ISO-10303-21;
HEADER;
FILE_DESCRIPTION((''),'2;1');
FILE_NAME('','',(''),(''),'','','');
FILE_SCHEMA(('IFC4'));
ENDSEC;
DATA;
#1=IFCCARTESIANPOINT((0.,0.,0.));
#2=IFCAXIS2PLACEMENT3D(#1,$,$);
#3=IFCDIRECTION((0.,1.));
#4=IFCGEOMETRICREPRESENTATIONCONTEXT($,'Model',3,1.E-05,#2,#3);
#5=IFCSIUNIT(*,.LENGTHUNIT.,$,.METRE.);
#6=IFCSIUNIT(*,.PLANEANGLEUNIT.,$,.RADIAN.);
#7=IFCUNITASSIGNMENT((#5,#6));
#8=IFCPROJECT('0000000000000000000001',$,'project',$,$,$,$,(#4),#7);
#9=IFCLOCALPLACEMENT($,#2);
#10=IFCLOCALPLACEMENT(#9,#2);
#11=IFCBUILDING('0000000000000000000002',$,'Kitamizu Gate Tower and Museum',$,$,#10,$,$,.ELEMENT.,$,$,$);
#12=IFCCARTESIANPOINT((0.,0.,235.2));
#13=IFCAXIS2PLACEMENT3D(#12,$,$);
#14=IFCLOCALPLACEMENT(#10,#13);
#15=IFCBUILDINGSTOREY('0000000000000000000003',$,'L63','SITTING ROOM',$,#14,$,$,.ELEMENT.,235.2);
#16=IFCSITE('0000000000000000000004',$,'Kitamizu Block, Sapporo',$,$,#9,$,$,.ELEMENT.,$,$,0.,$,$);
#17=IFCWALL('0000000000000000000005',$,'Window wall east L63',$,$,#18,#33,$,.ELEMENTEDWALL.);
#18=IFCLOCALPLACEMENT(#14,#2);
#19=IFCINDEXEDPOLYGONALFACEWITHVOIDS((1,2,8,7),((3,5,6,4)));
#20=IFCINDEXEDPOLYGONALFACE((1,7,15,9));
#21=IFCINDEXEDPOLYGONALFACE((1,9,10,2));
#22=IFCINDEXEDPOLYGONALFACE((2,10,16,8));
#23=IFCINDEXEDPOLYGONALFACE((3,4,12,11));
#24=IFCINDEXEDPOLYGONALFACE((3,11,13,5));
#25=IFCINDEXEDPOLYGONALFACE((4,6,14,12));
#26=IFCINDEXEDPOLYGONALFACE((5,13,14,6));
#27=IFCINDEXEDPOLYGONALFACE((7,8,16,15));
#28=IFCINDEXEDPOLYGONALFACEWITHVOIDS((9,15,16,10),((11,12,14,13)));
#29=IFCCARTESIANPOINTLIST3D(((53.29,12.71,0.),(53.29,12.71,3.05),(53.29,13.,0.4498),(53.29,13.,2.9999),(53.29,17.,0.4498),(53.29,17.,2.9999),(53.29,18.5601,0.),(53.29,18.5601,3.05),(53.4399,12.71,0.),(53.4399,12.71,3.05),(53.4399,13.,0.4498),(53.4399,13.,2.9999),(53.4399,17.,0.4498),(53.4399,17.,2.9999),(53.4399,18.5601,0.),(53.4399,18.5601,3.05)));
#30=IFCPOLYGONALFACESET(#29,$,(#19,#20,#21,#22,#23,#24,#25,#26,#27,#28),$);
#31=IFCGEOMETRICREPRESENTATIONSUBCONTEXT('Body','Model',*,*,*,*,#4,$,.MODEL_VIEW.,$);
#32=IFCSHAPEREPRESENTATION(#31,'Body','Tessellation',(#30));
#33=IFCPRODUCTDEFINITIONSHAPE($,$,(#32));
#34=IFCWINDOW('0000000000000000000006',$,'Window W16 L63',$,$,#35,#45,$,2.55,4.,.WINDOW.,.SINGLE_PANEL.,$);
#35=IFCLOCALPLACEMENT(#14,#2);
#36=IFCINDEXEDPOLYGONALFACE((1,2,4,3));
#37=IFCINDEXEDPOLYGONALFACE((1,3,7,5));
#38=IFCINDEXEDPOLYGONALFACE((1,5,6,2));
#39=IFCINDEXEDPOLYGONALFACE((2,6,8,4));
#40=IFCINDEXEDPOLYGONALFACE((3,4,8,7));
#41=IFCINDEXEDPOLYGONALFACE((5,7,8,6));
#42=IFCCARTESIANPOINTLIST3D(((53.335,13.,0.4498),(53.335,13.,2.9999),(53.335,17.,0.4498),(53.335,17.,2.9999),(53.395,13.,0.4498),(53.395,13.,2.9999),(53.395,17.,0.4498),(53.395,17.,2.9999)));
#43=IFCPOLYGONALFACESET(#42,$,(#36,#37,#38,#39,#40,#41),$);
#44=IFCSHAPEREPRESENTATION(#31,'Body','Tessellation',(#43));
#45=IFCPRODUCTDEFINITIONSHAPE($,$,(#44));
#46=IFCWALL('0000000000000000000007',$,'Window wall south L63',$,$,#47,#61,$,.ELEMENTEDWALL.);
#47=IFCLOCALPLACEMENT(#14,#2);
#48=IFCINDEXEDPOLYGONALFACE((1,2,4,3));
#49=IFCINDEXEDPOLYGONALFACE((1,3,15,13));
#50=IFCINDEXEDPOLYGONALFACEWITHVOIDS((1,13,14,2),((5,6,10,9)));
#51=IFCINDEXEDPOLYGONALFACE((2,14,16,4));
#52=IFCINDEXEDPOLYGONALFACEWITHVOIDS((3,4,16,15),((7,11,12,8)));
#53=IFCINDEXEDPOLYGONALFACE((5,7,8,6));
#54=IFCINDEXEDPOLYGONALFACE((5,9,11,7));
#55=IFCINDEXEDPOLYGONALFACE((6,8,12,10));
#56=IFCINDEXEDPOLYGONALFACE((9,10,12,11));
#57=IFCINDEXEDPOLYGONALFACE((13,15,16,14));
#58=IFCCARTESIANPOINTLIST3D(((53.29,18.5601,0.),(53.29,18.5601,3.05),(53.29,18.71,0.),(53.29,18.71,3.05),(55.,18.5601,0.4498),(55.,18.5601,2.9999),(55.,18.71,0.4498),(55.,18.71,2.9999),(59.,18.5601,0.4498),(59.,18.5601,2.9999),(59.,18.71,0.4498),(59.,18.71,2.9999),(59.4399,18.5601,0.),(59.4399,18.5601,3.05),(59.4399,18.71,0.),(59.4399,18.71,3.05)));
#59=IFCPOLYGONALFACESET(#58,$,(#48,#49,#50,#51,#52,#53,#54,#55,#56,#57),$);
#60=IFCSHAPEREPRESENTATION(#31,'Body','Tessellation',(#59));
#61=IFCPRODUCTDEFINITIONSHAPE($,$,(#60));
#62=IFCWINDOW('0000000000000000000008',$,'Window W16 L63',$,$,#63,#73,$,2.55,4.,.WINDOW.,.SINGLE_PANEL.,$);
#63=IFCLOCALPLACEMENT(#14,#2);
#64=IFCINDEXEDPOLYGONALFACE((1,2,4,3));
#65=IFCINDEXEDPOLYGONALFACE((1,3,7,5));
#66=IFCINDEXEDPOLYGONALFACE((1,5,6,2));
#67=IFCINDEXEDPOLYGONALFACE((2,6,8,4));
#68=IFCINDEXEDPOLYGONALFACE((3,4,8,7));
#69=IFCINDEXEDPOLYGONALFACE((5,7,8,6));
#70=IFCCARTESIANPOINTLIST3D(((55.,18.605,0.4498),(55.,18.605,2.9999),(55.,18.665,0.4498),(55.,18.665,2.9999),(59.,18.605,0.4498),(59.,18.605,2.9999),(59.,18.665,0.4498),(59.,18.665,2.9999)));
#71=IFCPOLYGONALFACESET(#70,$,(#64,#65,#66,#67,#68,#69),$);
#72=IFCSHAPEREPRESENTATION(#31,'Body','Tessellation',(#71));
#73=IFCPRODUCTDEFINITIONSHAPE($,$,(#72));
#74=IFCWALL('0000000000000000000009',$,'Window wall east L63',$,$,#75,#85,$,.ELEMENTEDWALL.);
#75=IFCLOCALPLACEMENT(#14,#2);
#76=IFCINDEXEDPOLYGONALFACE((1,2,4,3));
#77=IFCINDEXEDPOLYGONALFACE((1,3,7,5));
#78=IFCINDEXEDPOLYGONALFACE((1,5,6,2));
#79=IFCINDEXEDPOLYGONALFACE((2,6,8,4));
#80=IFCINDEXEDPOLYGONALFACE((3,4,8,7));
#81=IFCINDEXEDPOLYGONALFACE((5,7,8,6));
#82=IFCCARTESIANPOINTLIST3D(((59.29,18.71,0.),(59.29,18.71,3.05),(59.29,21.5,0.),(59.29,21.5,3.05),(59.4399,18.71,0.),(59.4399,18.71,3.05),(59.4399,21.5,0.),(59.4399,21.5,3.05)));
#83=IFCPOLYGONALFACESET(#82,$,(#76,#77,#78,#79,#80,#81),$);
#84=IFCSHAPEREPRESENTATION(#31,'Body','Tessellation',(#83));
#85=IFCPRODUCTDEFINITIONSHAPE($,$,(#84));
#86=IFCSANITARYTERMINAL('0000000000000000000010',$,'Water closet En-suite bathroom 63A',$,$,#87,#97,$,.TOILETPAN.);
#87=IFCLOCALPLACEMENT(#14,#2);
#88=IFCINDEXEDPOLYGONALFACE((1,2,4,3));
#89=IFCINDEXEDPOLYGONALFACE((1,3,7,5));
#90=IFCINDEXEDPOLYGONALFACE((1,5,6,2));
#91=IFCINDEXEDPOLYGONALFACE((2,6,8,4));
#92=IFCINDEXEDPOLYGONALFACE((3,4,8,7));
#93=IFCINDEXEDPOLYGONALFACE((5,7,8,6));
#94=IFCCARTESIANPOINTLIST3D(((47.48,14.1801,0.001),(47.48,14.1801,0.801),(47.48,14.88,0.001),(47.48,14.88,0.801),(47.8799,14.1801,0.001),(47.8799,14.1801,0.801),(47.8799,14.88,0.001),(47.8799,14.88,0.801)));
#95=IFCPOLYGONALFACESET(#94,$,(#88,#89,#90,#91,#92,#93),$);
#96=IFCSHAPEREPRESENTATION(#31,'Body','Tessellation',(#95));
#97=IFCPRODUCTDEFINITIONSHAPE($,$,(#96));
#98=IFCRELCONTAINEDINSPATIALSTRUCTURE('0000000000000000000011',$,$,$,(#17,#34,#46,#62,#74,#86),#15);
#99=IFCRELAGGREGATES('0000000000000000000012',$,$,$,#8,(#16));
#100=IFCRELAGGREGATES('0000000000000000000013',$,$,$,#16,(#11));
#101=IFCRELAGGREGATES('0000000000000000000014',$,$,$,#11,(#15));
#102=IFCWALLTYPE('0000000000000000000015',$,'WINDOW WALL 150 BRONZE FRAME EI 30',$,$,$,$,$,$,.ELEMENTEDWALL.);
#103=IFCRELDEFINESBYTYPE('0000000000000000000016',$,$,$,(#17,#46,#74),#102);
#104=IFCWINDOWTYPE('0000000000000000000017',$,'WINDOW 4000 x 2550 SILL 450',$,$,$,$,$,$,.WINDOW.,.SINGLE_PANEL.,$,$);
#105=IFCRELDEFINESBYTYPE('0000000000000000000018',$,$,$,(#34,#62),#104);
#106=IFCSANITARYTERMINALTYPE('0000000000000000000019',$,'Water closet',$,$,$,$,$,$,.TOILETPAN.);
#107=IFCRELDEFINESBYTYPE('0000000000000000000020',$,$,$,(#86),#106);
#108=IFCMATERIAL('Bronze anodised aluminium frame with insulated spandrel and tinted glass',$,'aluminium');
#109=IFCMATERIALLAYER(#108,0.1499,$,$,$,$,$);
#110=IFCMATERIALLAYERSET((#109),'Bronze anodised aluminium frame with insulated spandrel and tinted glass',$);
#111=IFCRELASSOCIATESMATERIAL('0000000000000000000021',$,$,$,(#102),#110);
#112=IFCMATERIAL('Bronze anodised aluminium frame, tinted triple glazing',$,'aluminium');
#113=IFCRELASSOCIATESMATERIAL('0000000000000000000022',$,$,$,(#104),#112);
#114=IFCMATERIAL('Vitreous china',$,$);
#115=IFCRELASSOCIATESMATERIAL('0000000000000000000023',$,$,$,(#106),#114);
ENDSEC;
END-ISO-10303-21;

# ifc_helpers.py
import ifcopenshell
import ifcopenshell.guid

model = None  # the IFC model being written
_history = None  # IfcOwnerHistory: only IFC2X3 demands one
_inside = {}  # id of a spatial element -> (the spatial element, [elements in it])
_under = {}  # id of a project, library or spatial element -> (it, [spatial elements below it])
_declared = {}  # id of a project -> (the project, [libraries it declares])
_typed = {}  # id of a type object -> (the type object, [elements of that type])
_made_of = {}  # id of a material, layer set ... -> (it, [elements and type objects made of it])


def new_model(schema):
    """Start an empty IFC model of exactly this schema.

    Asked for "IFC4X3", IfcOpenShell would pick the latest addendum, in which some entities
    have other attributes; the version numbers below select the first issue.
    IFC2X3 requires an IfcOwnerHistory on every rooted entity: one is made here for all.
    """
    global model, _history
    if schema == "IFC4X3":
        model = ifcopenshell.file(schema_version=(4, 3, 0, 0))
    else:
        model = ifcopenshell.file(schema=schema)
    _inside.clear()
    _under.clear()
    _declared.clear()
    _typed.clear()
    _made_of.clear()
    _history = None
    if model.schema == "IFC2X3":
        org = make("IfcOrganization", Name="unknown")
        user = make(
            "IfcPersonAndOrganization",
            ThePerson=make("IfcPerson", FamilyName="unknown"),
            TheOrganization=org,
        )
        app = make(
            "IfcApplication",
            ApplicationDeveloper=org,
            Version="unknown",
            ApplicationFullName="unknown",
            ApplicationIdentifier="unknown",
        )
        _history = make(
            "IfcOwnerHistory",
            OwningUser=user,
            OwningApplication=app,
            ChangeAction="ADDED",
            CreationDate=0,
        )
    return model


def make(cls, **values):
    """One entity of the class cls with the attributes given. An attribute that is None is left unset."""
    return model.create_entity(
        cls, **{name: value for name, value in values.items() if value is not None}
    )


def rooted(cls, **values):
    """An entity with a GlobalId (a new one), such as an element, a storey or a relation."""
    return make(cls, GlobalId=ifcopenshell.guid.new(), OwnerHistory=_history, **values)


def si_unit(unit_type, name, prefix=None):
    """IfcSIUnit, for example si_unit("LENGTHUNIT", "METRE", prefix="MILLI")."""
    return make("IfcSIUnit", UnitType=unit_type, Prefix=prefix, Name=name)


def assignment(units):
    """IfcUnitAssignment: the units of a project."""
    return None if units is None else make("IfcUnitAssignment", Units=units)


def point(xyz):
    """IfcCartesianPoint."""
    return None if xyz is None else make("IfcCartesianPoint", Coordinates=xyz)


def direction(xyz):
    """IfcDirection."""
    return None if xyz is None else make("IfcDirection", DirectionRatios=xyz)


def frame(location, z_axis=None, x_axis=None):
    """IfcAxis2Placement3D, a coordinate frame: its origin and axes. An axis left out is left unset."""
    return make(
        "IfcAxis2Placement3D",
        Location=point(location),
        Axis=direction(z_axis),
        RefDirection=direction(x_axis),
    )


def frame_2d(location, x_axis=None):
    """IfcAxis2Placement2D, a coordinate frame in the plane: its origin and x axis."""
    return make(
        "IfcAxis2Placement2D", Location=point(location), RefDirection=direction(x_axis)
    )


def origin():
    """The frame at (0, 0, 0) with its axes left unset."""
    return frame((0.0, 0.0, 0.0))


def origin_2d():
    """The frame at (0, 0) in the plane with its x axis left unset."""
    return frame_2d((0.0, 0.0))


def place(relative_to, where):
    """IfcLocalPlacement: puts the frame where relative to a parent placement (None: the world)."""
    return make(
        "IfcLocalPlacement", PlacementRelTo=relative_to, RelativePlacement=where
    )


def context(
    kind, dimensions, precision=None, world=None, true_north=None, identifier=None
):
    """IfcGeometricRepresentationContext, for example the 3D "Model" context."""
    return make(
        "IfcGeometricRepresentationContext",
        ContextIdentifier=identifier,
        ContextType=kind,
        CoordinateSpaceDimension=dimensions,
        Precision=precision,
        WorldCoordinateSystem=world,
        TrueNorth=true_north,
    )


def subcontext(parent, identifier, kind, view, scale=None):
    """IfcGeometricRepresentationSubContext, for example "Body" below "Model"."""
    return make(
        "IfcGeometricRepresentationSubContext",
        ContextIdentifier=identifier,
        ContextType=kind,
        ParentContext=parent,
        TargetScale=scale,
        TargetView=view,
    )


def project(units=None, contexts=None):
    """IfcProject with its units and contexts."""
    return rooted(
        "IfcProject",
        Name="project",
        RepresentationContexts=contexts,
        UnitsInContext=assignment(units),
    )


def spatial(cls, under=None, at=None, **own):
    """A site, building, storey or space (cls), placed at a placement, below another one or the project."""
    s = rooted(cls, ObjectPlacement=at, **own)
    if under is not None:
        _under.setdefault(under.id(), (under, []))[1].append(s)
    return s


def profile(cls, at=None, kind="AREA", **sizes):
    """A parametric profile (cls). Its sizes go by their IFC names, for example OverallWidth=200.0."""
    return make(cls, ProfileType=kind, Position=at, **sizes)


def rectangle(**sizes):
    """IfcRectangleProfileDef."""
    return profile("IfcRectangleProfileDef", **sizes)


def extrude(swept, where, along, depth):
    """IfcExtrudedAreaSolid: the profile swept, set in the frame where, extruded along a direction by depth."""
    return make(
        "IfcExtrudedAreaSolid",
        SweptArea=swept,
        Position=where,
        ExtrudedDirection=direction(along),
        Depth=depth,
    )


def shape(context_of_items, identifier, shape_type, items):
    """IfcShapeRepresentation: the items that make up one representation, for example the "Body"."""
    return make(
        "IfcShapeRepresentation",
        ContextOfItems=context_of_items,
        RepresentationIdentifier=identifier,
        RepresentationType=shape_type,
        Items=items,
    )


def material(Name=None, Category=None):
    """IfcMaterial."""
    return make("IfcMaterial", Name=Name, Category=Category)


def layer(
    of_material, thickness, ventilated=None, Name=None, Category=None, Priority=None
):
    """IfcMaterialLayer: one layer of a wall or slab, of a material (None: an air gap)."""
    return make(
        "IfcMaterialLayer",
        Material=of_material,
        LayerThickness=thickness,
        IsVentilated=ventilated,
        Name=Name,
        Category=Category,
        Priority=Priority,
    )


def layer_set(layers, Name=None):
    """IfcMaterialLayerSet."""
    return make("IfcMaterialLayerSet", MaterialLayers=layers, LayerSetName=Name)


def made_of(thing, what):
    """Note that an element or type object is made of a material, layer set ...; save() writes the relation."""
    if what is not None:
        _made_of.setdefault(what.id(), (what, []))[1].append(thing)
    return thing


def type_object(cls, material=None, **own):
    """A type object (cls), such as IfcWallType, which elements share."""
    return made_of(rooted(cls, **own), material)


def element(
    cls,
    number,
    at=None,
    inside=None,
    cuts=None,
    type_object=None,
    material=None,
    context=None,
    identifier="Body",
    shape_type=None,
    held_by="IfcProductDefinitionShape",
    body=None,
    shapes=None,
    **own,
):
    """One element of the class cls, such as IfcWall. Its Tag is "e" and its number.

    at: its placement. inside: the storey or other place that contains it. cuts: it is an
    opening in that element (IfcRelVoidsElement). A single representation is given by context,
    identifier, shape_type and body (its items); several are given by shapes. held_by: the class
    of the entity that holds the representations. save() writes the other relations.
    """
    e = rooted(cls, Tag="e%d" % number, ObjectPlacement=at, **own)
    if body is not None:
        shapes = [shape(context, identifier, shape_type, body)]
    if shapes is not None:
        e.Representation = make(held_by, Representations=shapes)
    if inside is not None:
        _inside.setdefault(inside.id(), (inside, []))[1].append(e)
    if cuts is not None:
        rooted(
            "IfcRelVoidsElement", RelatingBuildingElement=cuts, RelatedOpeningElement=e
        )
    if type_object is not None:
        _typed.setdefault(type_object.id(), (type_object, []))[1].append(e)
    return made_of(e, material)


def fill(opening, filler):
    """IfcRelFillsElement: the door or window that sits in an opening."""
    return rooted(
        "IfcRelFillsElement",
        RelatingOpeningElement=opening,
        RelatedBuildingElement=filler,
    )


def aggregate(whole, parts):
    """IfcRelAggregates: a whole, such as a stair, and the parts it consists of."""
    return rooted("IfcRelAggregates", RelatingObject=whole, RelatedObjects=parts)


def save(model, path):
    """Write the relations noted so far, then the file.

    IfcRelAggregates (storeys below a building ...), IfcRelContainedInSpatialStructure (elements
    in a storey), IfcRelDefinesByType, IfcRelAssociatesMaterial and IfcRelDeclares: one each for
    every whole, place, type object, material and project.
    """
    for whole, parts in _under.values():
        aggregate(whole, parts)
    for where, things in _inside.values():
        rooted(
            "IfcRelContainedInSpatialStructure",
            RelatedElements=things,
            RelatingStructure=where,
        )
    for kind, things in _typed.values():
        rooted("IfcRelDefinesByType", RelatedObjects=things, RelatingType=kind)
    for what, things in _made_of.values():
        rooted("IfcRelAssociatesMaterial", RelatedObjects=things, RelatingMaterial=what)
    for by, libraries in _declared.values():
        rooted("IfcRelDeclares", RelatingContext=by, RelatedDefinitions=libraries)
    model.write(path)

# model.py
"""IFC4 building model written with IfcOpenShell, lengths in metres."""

from ifc_helpers import new_model, si_unit, direction, frame, frame_2d, origin, origin_2d, place, context, subcontext, project, spatial, rectangle, extrude, material, layer, layer_set, type_object, element, fill, save


model = new_model("IFC4")

# Units and contexts
model_context = context("Model", 3, precision=1e-05, world=origin(), true_north=direction((0.0, 1.0)))
body_context = subcontext(model_context, "Body", "Model", "MODEL_VIEW")
ifc_project = project(units=[si_unit("LENGTHUNIT", "METRE"), si_unit("PLANEANGLEUNIT", "RADIAN")], contexts=[model_context])

# Site, building, storey
site_placement = place(None, origin())
site = spatial("IfcSite", under=ifc_project, at=site_placement, Name="Kitamizu Block, Sapporo", CompositionType="ELEMENT", RefElevation=0.0)
building_placement = place(site_placement, origin())
building = spatial("IfcBuilding", under=site, at=building_placement, Name="Kitamizu Gate Tower and Museum", CompositionType="ELEMENT")
storey_placement = place(building_placement, frame((0.0, 0.0, 235.2)))
storey = spatial("IfcBuildingStorey", under=building, at=storey_placement, Name="L63", Description="SITTING ROOM", CompositionType="ELEMENT", Elevation=235.2)

# Walls, openings, windows
ifc_material_1 = material(Name="Bronze anodised aluminium frame with insulated spandrel and tinted glass", Category="aluminium")
ifc_layer_1 = layer(ifc_material_1, 0.1499)
ifc_layer_set_1 = layer_set([ifc_layer_1], Name="Bronze anodised aluminium frame with insulated spandrel and tinted glass")
wall_type_1 = type_object("IfcWallType", Name="WINDOW WALL 150 BRONZE FRAME EI 30", PredefinedType="ELEMENTEDWALL", material=ifc_layer_set_1)
wall_1_placement = place(storey_placement, frame((53.365, 12.71, 0.0), z_axis=(0.0, 0.0, 1.0), x_axis=(0.0, 1.0, 0.0)))
wall_1 = element("IfcWall", 1, at=wall_1_placement, inside=storey, type_object=wall_type_1, Name="Window wall east L63", PredefinedType="ELEMENTEDWALL", context=body_context, shape_type="SweptSolid", body=[
    extrude(rectangle(XDim=5.8501, YDim=0.1499, at=frame_2d((2.925, 0.0))), origin(), (0.0, 0.0, 1.0), 3.05),
])
opening_1_placement = place(wall_1_placement, frame((0.29, 0.0, 0.45)))
opening_1 = element("IfcOpeningElement", 2, at=opening_1_placement, cuts=wall_1, PredefinedType="OPENING", context=body_context, shape_type="SweptSolid", body=[
    extrude(rectangle(XDim=4.0, YDim=2.55, at=frame_2d((2.0, 1.2749))), frame((0.0, 0.085, 0.0), z_axis=(0.0, -1.0, 0.0), x_axis=(1.0, 0.0, 0.0)), (0.0, 0.0, 1.0), 0.1699),
])
ifc_material_2 = material(Name="Bronze anodised aluminium frame, tinted triple glazing", Category="aluminium")
window_type = type_object("IfcWindowType", Name="WINDOW 4000 x 2550 SILL 450", PartitioningType="SINGLE_PANEL", PredefinedType="WINDOW", material=ifc_material_2)
window_1_placement = place(opening_1_placement, origin())
window_1 = element("IfcWindow", 3, at=window_1_placement, inside=storey, type_object=window_type, Name="Window W16 L63", OverallHeight=2.55, OverallWidth=4.0, PartitioningType="SINGLE_PANEL", PredefinedType="WINDOW", context=body_context, shape_type="SweptSolid", body=[
    extrude(rectangle(XDim=4.0, YDim=2.55, at=frame_2d((2.0, 1.2749))), frame((0.0, 0.03, 0.0), z_axis=(0.0, -1.0, 0.0), x_axis=(1.0, 0.0, 0.0)), (0.0, 0.0, 1.0), 0.0601),
])
fill(opening_1, window_1)
wall_2_placement = place(storey_placement, frame((53.29, 18.635, 0.0), z_axis=(0.0, 0.0, 1.0), x_axis=(1.0, 0.0, 0.0)))
wall_2 = element("IfcWall", 4, at=wall_2_placement, inside=storey, type_object=wall_type_1, Name="Window wall south L63", PredefinedType="ELEMENTEDWALL", context=body_context, shape_type="SweptSolid", body=[
    extrude(rectangle(XDim=6.1499, YDim=0.1499, at=frame_2d((3.075, 0.0))), origin(), (0.0, 0.0, 1.0), 3.05),
])
opening_2_placement = place(wall_2_placement, frame((1.71, 0.0, 0.45)))
opening_2 = element("IfcOpeningElement", 5, at=opening_2_placement, cuts=wall_2, PredefinedType="OPENING", context=body_context, shape_type="SweptSolid", body=[
    extrude(rectangle(XDim=4.0, YDim=2.55, at=frame_2d((2.0, 1.2749))), frame((0.0, 0.085, 0.0), z_axis=(0.0, -1.0, 0.0), x_axis=(1.0, 0.0, 0.0)), (0.0, 0.0, 1.0), 0.1699),
])
window_2_placement = place(opening_2_placement, origin())
window_2 = element("IfcWindow", 6, at=window_2_placement, inside=storey, type_object=window_type, Name="Window W16 L63", OverallHeight=2.55, OverallWidth=4.0, PartitioningType="SINGLE_PANEL", PredefinedType="WINDOW", context=body_context, shape_type="SweptSolid", body=[
    extrude(rectangle(XDim=4.0, YDim=2.55, at=frame_2d((2.0, 1.2749))), frame((0.0, 0.03, 0.0), z_axis=(0.0, -1.0, 0.0), x_axis=(1.0, 0.0, 0.0)), (0.0, 0.0, 1.0), 0.0601),
])
fill(opening_2, window_2)

# Wall
wall_3_placement = place(storey_placement, frame((59.365, 18.71, 0.0), z_axis=(0.0, 0.0, 1.0), x_axis=(0.0, 1.0, 0.0)))
element("IfcWall", 7, at=wall_3_placement, inside=storey, type_object=wall_type_1, Name="Window wall east L63", PredefinedType="ELEMENTEDWALL", context=body_context, shape_type="SweptSolid", body=[
    extrude(rectangle(XDim=2.79, YDim=0.1499, at=frame_2d((1.395, 0.0))), origin(), (0.0, 0.0, 1.0), 3.05),
])

# Sanitary terminal
ifc_material_3 = material(Name="Vitreous china")
sanitary_terminal_type = type_object("IfcSanitaryTerminalType", Name="Water closet", PredefinedType="TOILETPAN", material=ifc_material_3)
sanitary_terminal_placement = place(storey_placement, frame((47.6799, 14.53, 0.001), z_axis=(0.0, 0.0, 1.0), x_axis=(1.0, 0.0, 0.0)))
element("IfcSanitaryTerminal", 8, at=sanitary_terminal_placement, inside=storey, type_object=sanitary_terminal_type, Name="Water closet En-suite bathroom 63A", PredefinedType="TOILETPAN", context=body_context, shape_type="SweptSolid", body=[
    extrude(rectangle(XDim=0.3999, YDim=0.7, at=origin_2d()), origin(), (0.0, 0.0, 1.0), 0.8),
])

save(model, "model.ifc")
